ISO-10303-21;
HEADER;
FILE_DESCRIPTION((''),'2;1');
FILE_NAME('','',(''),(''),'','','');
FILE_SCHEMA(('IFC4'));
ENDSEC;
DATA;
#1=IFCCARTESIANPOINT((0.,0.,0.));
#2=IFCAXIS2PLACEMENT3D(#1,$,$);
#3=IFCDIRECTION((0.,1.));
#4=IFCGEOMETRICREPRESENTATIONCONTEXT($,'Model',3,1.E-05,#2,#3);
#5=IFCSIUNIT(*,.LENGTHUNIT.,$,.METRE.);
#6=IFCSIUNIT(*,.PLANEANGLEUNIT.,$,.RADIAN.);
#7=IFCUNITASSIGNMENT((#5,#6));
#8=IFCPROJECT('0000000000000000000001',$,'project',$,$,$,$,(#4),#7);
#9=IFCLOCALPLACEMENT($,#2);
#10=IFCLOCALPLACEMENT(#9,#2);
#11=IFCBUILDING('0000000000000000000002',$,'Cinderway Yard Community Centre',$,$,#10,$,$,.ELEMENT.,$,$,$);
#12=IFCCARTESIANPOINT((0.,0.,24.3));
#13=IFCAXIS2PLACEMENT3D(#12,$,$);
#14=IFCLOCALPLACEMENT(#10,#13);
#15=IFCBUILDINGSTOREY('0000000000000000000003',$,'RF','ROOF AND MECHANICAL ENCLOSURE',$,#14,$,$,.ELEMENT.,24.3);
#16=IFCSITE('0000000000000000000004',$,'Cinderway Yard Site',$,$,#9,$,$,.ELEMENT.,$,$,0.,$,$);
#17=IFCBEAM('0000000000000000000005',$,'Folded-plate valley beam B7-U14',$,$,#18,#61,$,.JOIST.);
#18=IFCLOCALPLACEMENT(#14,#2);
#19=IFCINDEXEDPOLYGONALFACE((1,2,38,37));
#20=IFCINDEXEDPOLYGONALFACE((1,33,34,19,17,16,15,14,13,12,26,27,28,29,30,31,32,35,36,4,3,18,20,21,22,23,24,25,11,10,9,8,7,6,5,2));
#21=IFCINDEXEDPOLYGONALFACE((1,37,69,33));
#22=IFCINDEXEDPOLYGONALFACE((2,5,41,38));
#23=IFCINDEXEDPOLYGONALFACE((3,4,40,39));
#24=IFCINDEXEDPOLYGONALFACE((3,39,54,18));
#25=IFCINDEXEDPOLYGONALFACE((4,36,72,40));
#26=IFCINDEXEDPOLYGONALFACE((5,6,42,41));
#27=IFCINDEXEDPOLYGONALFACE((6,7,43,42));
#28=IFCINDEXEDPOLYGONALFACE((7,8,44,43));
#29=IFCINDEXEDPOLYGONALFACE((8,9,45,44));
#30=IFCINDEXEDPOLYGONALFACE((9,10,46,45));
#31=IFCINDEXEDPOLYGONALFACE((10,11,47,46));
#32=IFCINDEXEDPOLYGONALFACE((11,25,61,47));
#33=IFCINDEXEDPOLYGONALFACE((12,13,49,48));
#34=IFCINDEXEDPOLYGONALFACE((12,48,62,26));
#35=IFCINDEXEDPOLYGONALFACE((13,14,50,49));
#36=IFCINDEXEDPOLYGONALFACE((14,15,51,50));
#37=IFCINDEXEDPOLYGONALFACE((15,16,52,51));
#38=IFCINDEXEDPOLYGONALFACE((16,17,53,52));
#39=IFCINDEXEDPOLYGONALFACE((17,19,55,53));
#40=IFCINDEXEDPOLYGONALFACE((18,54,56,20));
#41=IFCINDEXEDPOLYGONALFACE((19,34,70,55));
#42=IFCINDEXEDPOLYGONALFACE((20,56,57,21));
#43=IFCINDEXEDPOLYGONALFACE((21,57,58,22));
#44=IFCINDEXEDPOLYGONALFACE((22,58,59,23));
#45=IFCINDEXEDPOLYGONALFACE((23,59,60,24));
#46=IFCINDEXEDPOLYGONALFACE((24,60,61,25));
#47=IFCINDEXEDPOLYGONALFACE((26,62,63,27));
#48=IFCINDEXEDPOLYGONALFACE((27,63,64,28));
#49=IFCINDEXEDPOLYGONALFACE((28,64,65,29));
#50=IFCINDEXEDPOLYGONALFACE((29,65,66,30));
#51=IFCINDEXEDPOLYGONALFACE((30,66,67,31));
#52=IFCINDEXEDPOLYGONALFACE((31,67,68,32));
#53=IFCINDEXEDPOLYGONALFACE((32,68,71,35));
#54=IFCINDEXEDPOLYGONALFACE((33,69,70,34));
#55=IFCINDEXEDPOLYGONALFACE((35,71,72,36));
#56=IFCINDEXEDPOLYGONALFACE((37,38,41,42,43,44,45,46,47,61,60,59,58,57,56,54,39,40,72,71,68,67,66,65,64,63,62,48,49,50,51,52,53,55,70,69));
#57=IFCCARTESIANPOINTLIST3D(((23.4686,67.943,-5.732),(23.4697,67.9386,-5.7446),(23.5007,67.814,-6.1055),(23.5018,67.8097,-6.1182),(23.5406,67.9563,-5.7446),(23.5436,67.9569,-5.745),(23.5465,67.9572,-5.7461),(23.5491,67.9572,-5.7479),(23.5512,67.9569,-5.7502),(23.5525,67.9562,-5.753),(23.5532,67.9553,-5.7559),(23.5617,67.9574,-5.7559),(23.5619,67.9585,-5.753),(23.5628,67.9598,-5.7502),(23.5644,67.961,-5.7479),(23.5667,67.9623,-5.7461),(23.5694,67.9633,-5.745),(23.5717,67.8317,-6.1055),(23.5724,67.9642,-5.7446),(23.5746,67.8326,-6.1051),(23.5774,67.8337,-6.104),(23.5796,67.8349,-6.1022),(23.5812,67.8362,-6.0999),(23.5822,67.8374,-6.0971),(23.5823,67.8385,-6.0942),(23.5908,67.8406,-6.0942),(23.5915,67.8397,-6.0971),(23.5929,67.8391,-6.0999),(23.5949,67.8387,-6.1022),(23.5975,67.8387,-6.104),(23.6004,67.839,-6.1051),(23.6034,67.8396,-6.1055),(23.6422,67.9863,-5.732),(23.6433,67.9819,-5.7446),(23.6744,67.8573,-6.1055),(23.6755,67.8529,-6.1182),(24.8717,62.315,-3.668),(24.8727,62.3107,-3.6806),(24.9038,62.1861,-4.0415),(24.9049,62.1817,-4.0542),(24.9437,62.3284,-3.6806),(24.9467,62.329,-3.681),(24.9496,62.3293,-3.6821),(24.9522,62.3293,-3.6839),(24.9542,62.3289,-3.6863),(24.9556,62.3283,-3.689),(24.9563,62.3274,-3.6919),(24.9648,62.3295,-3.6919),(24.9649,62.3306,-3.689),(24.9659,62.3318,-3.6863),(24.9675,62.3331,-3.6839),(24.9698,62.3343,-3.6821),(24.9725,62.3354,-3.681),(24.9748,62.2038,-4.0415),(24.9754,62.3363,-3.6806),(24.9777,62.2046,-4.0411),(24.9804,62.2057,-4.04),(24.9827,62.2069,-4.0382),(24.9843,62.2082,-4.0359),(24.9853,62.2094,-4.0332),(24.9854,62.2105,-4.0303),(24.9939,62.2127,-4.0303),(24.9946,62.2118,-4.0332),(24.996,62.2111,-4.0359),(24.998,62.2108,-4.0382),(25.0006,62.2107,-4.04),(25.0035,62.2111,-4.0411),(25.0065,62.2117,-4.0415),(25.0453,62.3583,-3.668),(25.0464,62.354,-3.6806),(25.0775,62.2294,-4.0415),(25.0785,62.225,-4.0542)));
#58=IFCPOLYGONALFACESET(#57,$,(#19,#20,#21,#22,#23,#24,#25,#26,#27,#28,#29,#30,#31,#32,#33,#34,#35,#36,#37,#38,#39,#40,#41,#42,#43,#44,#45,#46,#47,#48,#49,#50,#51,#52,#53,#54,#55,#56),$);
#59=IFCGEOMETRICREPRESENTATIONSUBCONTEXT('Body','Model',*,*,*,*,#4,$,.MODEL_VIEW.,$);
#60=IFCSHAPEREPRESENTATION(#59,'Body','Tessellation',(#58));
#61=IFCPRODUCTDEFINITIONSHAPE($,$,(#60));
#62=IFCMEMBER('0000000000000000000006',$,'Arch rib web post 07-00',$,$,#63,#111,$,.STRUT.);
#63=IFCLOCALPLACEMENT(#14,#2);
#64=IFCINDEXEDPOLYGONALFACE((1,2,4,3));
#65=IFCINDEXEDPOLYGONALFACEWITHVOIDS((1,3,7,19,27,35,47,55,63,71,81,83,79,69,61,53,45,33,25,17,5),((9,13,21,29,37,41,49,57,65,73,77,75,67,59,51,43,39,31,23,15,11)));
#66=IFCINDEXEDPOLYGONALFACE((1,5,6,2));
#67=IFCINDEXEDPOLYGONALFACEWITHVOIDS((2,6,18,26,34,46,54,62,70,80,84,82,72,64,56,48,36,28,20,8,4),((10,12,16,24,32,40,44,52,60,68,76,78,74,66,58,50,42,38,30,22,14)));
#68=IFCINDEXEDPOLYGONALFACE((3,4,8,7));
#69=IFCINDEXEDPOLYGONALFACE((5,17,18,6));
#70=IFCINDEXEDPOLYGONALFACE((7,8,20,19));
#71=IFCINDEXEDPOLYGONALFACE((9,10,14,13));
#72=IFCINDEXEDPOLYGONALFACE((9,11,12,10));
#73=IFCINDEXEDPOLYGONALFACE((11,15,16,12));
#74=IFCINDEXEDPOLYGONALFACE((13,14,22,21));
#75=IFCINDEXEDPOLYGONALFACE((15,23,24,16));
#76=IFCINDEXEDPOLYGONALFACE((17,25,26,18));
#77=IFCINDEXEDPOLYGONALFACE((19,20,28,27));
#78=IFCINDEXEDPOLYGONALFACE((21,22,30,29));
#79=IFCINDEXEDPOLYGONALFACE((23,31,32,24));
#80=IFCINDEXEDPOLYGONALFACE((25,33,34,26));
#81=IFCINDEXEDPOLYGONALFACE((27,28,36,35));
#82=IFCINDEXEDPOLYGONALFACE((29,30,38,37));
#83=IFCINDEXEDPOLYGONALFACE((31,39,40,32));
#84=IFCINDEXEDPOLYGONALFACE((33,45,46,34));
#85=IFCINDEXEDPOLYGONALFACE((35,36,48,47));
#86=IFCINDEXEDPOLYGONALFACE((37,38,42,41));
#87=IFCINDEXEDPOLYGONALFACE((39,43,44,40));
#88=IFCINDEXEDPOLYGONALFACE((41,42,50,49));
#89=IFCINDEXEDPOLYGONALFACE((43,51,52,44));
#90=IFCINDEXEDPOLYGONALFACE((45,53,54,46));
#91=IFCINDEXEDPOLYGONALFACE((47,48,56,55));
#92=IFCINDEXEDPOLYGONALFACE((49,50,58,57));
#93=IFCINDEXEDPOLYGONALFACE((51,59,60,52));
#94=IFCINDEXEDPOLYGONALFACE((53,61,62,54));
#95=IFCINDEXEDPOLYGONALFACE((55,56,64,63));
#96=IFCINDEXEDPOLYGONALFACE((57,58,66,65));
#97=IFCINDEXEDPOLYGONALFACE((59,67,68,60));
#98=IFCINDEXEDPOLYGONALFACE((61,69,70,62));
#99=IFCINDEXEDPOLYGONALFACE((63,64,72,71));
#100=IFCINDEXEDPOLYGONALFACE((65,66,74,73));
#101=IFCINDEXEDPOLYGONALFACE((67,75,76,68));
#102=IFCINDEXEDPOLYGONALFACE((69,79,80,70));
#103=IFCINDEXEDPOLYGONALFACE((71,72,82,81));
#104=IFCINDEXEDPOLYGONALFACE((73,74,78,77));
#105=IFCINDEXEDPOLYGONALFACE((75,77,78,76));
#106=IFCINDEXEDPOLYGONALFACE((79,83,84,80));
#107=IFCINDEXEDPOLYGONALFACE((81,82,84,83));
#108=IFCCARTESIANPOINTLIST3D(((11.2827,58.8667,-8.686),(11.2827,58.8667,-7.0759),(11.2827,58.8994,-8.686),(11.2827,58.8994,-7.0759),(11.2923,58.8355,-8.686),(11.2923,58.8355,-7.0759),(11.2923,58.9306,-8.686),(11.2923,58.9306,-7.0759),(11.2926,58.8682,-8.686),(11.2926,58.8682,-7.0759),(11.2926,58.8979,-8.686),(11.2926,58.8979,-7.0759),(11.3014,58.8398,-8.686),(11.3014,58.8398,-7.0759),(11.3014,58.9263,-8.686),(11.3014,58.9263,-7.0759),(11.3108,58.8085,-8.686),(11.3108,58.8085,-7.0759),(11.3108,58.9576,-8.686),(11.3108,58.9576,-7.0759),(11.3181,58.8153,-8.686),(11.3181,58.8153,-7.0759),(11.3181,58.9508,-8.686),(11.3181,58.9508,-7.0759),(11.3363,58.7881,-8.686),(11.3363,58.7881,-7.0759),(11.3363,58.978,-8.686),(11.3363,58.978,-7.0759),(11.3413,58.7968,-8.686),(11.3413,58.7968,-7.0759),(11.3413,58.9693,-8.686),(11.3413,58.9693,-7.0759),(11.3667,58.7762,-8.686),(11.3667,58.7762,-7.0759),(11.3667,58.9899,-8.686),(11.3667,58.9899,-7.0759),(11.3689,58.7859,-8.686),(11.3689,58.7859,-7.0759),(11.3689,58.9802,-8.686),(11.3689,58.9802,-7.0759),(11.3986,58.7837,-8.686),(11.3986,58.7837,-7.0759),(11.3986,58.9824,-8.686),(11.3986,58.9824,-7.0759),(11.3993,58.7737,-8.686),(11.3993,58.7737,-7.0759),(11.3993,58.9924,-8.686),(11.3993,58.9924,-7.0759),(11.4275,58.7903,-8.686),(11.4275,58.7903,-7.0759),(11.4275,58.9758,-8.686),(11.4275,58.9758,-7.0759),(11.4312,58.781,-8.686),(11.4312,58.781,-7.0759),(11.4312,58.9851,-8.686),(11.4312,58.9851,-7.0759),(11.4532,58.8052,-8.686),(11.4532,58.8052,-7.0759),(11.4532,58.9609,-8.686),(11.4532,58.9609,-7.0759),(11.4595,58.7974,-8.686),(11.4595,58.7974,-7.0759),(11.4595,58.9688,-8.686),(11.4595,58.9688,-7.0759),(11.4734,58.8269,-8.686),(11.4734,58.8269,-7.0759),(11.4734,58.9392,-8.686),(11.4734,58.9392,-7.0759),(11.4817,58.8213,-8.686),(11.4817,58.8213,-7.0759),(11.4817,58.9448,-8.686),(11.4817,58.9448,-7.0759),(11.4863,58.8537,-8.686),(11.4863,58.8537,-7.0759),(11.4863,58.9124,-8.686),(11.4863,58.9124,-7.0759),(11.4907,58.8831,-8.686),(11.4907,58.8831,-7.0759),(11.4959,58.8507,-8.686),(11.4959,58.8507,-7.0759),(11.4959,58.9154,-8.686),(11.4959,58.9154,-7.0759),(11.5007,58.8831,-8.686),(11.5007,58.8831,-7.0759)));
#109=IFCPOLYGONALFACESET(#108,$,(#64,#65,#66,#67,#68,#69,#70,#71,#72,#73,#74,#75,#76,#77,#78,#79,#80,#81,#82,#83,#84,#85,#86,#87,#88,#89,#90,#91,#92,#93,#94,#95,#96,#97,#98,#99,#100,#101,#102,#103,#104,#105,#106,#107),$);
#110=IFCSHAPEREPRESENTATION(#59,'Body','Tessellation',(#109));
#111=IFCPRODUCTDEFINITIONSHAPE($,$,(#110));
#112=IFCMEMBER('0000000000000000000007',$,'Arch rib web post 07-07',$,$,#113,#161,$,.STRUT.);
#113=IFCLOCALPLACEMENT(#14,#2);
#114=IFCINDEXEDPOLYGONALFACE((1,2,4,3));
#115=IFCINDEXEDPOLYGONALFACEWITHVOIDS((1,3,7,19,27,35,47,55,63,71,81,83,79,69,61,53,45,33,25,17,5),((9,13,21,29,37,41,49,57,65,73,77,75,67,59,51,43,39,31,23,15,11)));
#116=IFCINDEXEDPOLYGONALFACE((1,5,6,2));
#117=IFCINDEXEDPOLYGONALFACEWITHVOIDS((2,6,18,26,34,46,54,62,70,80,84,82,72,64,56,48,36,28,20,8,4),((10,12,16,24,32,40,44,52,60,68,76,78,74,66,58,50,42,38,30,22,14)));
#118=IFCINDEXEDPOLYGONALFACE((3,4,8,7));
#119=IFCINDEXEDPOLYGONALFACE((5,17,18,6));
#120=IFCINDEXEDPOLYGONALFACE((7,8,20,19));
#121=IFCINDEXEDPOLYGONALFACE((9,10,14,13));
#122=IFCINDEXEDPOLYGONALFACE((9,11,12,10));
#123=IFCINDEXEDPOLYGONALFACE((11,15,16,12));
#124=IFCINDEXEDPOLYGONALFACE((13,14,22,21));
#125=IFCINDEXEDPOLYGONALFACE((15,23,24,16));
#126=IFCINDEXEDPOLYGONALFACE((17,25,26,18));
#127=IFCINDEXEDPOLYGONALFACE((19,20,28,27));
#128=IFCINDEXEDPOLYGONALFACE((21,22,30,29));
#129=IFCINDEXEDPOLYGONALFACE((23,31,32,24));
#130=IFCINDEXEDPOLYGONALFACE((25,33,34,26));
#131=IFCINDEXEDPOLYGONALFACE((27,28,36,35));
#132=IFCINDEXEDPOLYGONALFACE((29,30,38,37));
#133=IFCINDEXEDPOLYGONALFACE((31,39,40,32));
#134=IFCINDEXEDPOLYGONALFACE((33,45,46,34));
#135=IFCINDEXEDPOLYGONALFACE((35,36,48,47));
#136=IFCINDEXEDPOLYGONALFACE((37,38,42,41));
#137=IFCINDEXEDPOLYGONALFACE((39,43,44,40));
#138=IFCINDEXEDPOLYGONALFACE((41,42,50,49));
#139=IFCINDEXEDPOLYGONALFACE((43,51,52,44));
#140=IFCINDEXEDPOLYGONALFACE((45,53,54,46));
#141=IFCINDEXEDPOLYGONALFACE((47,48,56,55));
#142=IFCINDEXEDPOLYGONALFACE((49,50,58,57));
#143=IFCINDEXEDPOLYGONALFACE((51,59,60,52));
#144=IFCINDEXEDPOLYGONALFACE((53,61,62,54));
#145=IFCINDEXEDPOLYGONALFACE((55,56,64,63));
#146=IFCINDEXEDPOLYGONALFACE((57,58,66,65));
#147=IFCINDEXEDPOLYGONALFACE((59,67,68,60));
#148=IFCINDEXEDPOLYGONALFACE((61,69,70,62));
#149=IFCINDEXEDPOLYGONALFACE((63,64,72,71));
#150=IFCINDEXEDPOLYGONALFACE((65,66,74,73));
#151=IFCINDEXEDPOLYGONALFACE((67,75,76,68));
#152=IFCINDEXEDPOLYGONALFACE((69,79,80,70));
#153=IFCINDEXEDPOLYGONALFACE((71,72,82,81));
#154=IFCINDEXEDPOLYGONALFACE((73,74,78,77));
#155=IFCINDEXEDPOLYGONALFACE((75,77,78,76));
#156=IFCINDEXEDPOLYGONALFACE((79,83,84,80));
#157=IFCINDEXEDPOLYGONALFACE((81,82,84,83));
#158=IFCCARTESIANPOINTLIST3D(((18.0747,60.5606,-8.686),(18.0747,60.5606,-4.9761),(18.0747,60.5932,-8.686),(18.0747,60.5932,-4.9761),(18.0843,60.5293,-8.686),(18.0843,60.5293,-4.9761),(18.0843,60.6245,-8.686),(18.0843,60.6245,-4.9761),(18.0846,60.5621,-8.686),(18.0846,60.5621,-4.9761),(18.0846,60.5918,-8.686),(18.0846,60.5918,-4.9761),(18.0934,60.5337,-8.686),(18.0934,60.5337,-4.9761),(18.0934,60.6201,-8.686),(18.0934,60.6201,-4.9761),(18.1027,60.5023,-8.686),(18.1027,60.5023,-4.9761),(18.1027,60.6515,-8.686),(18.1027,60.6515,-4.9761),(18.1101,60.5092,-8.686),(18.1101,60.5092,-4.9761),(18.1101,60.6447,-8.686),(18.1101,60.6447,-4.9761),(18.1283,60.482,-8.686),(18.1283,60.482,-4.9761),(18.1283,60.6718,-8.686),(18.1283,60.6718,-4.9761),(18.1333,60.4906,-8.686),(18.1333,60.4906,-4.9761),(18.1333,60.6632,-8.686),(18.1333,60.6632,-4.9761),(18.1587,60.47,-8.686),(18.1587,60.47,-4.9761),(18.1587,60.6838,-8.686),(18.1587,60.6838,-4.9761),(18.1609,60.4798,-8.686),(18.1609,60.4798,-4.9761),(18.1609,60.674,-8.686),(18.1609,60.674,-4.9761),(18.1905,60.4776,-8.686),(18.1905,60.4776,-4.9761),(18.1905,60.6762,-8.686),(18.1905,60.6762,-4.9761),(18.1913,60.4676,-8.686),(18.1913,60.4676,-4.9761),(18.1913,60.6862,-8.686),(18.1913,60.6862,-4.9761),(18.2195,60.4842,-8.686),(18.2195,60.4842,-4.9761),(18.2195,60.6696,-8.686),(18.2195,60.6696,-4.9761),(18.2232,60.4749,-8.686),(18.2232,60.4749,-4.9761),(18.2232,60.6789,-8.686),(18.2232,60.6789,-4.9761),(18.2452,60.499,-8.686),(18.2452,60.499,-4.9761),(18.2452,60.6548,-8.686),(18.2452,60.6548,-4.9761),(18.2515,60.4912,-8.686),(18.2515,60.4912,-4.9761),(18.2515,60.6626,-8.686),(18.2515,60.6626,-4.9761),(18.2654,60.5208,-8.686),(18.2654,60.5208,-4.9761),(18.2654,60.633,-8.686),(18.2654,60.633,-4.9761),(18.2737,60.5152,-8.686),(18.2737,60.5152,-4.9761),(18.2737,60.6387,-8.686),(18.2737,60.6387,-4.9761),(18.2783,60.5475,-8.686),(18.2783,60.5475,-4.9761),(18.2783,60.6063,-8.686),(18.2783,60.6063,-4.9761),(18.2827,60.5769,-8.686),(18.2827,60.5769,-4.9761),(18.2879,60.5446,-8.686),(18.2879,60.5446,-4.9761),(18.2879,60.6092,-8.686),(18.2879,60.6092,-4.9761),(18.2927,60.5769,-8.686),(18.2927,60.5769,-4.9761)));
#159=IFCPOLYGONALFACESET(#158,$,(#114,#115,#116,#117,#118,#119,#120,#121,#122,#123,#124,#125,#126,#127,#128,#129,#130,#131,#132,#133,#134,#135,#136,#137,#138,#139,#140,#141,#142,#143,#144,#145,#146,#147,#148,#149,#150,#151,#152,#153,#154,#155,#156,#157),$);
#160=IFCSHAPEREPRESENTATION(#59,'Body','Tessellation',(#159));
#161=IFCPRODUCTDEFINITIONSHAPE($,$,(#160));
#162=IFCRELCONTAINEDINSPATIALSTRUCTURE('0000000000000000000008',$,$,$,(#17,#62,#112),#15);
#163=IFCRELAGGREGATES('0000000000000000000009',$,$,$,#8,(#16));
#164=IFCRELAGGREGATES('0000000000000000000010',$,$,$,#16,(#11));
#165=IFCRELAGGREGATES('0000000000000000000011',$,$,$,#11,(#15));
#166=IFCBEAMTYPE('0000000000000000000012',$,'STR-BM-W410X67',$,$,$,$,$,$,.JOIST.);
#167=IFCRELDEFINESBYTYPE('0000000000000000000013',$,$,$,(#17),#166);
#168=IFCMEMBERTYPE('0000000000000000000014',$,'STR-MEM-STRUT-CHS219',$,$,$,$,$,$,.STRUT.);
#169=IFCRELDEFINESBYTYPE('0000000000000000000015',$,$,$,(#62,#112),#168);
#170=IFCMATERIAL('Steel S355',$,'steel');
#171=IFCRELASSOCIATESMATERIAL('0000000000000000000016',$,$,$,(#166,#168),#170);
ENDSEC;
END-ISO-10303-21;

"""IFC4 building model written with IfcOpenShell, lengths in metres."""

from ifc_helpers import new_model, si_unit, direction, frame, origin, origin_2d, place, context, subcontext, project, spatial, hollow_circle, i_section, extrude, material, material_profile, profile_set, type_object, element, save


model = new_model("IFC4")

# Units and contexts
model_context = context("Model", 3, precision=1e-05, world=origin(), true_north=direction((0.0, 1.0)))
body_context = subcontext(model_context, "Body", "Model", "MODEL_VIEW")
ifc_project = project(units=[si_unit("LENGTHUNIT", "METRE"), si_unit("PLANEANGLEUNIT", "RADIAN")], contexts=[model_context])

# Site, building, storey
site_placement = place(None, origin())
site = spatial("IfcSite", under=ifc_project, at=site_placement, Name="Cinderway Yard Site", CompositionType="ELEMENT", RefElevation=0.0)
building_placement = place(site_placement, origin())
building = spatial("IfcBuilding", under=site, at=building_placement, Name="Cinderway Yard Community Centre", CompositionType="ELEMENT")
storey_placement = place(building_placement, frame((0.0, 0.0, 24.3)))
storey = spatial("IfcBuildingStorey", under=building, at=storey_placement, Name="RF", Description="ROOF AND MECHANICAL ENCLOSURE", CompositionType="ELEMENT", Elevation=24.3)

# Beam
ifc_material_1 = material(Name="Steel S355", Category="steel")
ifc_material_profile_1 = material_profile(ifc_material_1, i_section(OverallWidth=0.179, OverallDepth=0.4099, WebThickness=0.0088, FlangeThickness=0.0134, FilletRadius=0.012, at=origin_2d()), Name="Steel S355")
ifc_profile_set_1 = profile_set([ifc_material_profile_1], Name="Steel S355")
beam_type_1 = type_object("IfcBeamType", Name="STR-BM-W410X67", PredefinedType="JOIST", material=ifc_profile_set_1)
beam_1_placement = place(storey_placement, frame((24.9751, 62.27, -3.8611), z_axis=(-0.227903, 0.914148, -0.335251), x_axis=(-0.970301, -0.241902, 0.0)))
element("IfcBeam", 1, at=beam_1_placement, inside=storey, type_object=beam_type_1, Name="Folded-plate valley beam B7-U14", PredefinedType="JOIST", context=body_context, shape_type="SweptSolid", body=[
    extrude(i_section(OverallWidth=0.179, OverallDepth=0.4099, WebThickness=0.0088, FlangeThickness=0.0134, FilletRadius=0.012, at=origin_2d()), origin(), (0.0, 0.0, 1.0), 6.1565),
])

# Members
ifc_material_profile_2 = material_profile(ifc_material_1, hollow_circle(Radius=0.1096, WallThickness=0.01, at=origin_2d()), Name="Steel S355")
ifc_profile_set_2 = profile_set([ifc_material_profile_2], Name="Steel S355")
member_type_1 = type_object("IfcMemberType", Name="STR-MEM-STRUT-CHS219", PredefinedType="STRUT", material=ifc_profile_set_2)
member_1_placement = place(storey_placement, frame((11.3911, 58.8831, -8.686), z_axis=(0.0, 0.0, 1.0), x_axis=(1.0, 0.0, 0.0)))
element("IfcMember", 2, at=member_1_placement, inside=storey, type_object=member_type_1, Name="Arch rib web post 07-00", PredefinedType="STRUT", context=body_context, shape_type="SweptSolid", body=[
    extrude(hollow_circle(Radius=0.1096, WallThickness=0.01, at=origin_2d()), origin(), (0.0, 0.0, 1.0), 1.6101),
])
member_2_placement = place(storey_placement, frame((18.1831, 60.5769, -8.686), z_axis=(0.0, 0.0, 1.0), x_axis=(1.0, 0.0, 0.0)))
element("IfcMember", 3, at=member_2_placement, inside=storey, type_object=member_type_1, Name="Arch rib web post 07-07", PredefinedType="STRUT", context=body_context, shape_type="SweptSolid", body=[
    extrude(hollow_circle(Radius=0.1096, WallThickness=0.01, at=origin_2d()), origin(), (0.0, 0.0, 1.0), 3.71),
])

save(model, "model.ifc")
